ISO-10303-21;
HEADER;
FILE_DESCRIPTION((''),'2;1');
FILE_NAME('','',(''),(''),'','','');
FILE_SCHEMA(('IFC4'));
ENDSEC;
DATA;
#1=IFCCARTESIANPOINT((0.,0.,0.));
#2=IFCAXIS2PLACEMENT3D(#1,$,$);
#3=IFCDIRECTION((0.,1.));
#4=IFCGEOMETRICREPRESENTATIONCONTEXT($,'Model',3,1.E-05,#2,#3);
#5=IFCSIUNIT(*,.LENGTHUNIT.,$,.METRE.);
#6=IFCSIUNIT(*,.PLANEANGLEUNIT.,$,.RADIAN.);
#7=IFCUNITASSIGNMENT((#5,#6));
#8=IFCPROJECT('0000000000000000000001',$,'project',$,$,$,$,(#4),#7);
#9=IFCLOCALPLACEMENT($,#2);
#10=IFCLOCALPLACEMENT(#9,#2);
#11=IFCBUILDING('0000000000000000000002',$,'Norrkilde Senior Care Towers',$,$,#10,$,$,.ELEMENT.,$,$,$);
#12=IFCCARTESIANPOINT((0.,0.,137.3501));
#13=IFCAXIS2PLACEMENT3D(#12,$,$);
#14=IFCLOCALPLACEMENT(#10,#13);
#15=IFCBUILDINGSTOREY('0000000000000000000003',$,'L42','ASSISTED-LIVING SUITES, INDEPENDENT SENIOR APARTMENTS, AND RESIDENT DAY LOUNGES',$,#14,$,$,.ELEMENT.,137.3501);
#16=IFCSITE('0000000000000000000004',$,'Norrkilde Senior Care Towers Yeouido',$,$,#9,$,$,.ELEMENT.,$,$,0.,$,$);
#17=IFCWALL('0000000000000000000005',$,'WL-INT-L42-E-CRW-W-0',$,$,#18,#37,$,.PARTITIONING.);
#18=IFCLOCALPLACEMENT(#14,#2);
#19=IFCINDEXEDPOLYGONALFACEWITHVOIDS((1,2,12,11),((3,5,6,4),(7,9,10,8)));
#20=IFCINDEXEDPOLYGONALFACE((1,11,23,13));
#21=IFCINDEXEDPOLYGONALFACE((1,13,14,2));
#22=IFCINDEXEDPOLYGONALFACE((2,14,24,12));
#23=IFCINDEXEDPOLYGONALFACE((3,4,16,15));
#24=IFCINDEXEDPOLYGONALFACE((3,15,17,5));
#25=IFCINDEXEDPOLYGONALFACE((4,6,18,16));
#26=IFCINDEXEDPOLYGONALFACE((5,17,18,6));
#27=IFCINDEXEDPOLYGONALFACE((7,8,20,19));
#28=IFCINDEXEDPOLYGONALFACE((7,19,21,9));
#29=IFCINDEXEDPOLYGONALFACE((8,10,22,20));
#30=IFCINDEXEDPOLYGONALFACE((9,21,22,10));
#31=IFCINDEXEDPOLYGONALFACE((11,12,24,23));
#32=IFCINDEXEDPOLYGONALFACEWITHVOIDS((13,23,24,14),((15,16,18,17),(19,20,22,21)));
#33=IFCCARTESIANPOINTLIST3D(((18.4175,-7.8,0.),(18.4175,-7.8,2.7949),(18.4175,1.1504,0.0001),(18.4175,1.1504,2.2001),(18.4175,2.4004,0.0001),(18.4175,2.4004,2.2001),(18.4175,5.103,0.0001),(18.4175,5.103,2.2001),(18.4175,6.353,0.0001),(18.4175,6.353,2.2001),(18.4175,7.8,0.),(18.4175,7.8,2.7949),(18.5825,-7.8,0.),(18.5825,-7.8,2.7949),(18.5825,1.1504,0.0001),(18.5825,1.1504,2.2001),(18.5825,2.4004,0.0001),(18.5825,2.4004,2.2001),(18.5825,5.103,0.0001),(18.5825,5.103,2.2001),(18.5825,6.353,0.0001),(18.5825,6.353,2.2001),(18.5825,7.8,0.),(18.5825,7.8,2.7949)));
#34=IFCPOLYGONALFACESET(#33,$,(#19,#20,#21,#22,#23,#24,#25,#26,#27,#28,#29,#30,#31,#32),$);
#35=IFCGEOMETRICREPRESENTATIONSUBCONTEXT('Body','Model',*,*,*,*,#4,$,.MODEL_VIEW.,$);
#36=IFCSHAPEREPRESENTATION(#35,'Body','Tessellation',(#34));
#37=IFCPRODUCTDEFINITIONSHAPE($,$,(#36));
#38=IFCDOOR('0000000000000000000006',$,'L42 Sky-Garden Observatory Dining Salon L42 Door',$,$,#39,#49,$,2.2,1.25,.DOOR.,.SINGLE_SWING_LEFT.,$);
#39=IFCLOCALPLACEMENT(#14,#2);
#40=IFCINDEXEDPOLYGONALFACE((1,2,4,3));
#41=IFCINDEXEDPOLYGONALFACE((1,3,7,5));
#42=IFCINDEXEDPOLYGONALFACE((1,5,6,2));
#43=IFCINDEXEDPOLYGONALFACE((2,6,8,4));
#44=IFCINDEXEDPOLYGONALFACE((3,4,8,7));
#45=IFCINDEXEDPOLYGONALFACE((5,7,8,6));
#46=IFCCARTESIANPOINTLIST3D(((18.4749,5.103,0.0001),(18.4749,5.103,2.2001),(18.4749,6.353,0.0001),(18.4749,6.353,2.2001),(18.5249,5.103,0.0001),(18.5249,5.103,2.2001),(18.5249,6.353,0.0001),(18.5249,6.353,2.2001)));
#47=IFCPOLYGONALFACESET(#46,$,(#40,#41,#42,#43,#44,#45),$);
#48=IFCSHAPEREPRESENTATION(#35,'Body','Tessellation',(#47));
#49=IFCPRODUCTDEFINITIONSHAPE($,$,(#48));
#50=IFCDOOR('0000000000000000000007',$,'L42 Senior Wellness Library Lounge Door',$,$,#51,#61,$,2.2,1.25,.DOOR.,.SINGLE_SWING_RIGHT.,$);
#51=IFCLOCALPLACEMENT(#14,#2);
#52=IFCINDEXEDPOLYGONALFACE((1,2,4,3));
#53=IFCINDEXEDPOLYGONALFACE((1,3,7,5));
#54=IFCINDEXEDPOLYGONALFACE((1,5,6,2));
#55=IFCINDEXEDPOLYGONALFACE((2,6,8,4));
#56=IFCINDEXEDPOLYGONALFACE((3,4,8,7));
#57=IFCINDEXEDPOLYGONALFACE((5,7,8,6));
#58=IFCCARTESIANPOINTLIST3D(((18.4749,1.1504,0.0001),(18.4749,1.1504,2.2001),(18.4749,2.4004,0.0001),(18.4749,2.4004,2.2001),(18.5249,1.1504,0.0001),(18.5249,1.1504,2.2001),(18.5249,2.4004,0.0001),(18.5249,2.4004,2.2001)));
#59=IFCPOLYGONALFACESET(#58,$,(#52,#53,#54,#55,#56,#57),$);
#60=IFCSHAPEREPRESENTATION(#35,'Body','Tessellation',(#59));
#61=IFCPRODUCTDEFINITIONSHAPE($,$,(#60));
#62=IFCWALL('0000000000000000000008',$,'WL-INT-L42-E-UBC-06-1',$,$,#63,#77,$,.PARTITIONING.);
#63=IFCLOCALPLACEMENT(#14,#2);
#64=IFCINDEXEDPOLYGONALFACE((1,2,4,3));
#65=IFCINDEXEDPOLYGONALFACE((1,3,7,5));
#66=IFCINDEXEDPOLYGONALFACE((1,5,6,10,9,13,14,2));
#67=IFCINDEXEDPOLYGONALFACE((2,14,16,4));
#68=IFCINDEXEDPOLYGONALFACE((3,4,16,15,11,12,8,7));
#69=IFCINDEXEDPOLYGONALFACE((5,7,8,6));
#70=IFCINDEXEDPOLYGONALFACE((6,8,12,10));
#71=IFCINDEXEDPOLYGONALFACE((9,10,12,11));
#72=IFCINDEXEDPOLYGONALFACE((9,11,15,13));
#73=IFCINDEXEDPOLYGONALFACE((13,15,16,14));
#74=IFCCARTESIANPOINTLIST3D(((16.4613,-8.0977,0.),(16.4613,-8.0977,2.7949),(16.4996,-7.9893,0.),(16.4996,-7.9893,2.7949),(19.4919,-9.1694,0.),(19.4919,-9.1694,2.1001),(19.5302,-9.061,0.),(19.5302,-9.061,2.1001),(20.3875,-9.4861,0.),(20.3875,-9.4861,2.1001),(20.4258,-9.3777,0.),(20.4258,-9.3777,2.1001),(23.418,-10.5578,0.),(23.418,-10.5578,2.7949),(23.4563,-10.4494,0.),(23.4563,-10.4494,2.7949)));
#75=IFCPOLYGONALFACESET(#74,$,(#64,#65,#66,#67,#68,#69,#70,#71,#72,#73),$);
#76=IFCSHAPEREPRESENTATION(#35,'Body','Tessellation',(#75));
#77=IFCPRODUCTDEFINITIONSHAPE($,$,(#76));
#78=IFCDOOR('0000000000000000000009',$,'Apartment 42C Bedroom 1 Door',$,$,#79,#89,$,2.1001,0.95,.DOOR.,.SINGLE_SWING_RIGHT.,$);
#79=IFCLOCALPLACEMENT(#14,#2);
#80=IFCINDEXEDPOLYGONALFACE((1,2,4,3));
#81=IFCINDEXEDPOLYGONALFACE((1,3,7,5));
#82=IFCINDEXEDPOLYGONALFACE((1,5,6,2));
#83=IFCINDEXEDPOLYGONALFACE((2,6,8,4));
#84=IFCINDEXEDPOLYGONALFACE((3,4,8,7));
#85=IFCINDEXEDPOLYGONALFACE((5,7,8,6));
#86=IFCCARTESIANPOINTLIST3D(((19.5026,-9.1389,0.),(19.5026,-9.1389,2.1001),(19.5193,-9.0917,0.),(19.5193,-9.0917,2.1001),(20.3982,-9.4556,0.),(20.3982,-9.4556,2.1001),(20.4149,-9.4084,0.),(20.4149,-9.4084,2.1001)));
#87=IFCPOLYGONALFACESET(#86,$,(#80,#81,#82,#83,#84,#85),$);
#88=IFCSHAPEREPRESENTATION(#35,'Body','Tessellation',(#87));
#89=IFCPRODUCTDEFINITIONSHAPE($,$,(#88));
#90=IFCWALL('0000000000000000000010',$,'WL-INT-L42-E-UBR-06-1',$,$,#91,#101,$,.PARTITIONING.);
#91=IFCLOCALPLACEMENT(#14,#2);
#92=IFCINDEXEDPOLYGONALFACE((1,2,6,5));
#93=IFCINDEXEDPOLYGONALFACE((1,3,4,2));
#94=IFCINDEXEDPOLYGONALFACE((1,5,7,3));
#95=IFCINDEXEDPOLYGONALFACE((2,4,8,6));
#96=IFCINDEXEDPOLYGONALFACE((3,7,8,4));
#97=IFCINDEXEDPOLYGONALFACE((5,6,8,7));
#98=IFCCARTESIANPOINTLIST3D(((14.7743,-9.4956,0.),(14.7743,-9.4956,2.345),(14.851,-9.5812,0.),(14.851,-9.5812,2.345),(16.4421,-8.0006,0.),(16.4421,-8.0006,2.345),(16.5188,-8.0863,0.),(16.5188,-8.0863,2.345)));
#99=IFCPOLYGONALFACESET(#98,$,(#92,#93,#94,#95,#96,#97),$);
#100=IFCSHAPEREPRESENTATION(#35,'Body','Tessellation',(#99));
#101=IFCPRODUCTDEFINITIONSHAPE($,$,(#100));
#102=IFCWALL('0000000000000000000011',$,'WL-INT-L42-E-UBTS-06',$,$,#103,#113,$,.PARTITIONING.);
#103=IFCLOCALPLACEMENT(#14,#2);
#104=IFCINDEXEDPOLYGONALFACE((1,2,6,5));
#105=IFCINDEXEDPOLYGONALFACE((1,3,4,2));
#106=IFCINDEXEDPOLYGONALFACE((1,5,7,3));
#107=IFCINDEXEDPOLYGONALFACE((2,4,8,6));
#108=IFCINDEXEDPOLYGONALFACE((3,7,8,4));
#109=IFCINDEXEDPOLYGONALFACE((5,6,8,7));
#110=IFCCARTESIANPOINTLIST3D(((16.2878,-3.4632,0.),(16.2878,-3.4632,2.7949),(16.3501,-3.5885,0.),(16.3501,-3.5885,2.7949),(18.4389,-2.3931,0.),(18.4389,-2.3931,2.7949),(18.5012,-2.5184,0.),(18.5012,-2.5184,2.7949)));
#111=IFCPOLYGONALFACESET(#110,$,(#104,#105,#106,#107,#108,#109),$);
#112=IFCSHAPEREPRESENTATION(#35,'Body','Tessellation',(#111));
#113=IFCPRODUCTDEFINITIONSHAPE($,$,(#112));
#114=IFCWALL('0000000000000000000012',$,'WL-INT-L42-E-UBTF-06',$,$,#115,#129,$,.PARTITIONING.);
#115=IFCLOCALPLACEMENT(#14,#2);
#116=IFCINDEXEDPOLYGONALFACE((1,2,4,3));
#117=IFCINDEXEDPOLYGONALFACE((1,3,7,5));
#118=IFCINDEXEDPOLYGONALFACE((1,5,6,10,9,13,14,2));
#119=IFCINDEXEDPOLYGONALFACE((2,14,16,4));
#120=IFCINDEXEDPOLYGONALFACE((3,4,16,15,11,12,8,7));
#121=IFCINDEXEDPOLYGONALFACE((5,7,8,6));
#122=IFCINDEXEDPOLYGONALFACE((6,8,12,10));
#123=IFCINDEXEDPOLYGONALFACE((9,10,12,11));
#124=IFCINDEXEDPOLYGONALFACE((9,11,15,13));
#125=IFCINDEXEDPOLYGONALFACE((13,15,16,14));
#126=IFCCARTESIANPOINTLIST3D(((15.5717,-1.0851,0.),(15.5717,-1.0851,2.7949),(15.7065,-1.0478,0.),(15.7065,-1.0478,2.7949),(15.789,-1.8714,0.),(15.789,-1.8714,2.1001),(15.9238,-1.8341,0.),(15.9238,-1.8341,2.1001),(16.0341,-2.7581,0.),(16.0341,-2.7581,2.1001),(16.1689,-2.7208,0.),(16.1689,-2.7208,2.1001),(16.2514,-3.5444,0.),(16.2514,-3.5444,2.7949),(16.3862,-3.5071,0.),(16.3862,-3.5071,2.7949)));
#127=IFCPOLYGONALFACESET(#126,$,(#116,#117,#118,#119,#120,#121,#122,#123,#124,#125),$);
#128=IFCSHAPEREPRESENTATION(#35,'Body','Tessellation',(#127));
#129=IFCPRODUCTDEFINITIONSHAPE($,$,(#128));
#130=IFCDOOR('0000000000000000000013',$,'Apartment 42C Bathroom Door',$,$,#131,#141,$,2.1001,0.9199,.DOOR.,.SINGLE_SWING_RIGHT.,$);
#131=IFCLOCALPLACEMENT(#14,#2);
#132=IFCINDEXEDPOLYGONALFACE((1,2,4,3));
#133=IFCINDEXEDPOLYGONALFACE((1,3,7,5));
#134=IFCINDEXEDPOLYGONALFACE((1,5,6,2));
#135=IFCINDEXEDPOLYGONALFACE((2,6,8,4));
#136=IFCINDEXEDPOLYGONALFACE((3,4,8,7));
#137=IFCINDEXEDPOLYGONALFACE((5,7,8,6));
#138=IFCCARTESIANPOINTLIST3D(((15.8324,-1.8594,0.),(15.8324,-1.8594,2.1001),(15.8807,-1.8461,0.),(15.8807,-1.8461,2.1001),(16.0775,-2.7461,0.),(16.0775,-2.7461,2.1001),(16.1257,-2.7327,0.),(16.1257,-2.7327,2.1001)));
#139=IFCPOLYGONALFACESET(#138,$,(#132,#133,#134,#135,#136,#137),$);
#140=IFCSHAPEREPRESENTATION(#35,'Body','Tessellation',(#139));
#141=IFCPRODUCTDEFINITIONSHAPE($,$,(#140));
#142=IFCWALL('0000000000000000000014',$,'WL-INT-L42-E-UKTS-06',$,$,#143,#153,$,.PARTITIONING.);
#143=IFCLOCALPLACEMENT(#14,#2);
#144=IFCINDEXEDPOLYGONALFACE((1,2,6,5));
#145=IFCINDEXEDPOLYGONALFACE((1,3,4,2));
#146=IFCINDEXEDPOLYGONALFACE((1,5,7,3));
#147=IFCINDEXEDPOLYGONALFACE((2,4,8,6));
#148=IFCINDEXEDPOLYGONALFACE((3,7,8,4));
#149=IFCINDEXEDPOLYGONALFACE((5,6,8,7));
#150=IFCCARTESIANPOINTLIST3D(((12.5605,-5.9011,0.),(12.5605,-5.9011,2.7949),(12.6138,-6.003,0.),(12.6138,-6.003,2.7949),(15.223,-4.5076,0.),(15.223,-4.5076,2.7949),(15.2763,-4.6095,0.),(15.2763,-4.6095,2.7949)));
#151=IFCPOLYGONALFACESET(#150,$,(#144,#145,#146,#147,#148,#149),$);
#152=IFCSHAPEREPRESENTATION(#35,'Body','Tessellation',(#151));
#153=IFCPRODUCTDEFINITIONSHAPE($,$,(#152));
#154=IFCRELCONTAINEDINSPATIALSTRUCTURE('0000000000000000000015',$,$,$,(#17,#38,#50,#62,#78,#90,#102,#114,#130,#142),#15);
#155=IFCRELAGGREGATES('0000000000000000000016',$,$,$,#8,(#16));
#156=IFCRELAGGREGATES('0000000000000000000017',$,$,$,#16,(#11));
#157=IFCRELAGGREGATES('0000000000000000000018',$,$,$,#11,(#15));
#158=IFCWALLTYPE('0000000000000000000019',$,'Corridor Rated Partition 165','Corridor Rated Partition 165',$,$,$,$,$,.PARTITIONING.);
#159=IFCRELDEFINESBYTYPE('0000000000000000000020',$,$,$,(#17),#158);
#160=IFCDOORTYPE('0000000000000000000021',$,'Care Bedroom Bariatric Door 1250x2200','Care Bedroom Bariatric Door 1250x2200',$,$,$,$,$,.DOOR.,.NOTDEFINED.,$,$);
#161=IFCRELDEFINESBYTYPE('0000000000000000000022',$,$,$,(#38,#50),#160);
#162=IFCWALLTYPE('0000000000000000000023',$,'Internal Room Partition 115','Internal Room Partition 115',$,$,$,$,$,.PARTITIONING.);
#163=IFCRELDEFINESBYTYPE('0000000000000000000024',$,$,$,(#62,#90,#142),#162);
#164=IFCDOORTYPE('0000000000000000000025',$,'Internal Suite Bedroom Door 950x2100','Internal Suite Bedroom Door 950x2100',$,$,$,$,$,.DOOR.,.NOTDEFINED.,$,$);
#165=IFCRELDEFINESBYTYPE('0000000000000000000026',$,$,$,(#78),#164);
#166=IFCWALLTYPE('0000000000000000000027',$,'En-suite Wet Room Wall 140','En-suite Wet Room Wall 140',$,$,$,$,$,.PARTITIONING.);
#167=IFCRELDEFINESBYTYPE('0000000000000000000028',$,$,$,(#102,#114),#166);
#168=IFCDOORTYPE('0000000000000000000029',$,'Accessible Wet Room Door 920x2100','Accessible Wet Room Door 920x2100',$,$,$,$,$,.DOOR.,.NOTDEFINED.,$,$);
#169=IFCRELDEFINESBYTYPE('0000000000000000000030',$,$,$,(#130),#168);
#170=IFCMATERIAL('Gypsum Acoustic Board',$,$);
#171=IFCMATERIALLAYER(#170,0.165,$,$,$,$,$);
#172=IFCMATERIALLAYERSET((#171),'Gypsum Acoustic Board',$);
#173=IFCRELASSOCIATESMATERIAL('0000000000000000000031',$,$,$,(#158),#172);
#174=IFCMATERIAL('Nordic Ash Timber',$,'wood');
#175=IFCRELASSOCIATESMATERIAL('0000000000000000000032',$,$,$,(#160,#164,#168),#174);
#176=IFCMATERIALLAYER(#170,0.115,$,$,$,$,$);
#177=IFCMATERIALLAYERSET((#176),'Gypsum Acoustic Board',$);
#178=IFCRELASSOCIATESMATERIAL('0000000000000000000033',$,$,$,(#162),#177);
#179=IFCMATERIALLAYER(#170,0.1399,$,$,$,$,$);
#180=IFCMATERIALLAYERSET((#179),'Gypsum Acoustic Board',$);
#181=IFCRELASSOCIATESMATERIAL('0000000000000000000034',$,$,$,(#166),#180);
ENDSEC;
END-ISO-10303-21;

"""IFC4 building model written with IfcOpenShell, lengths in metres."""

from ifc_helpers import new_model, si_unit, direction, frame, frame_2d, origin, place, context, subcontext, project, spatial, rectangle, extrude, source, transform, mapped, material, layer, layer_set, type_object, type_shapes, element, fill, save


model = new_model("IFC4")

# Units and contexts
model_context = context("Model", 3, precision=1e-05, world=origin(), true_north=direction((0.0, 1.0)))
body_context = subcontext(model_context, "Body", "Model", "MODEL_VIEW")
ifc_project = project(units=[si_unit("LENGTHUNIT", "METRE"), si_unit("PLANEANGLEUNIT", "RADIAN")], contexts=[model_context])

# Site, building, storey
site_placement = place(None, origin())
site = spatial("IfcSite", under=ifc_project, at=site_placement, Name="Norrkilde Senior Care Towers Yeouido", CompositionType="ELEMENT", RefElevation=0.0)
building_placement = place(site_placement, origin())
building = spatial("IfcBuilding", under=site, at=building_placement, Name="Norrkilde Senior Care Towers", CompositionType="ELEMENT")
storey_placement = place(building_placement, frame((0.0, 0.0, 137.3501)))
storey = spatial("IfcBuildingStorey", under=building, at=storey_placement, Name="L42", Description="ASSISTED-LIVING SUITES, INDEPENDENT SENIOR APARTMENTS, AND RESIDENT DAY LOUNGES", CompositionType="ELEMENT", Elevation=137.3501)

# Wall, openings, doors
ifc_material_1 = material(Name="Gypsum Acoustic Board")
ifc_layer_1 = layer(ifc_material_1, 0.165)
ifc_layer_set_1 = layer_set([ifc_layer_1], Name="Gypsum Acoustic Board")
wall_type_1 = type_object("IfcWallType", Name="Corridor Rated Partition 165", Description="Corridor Rated Partition 165", PredefinedType="PARTITIONING", material=ifc_layer_set_1)
shared_shape_1 = source(origin(), body_context, "Body", "SweptSolid", [
    extrude(rectangle(XDim=15.6001, YDim=0.165, at=frame_2d((7.8, 0.0))), origin(), (0.0, 0.0, 1.0), 2.7949),
])
type_shapes(wall_type_1, [shared_shape_1])
wall_1_placement = place(storey_placement, frame((18.5, -7.8, 0.0), z_axis=(0.0, 0.0, 1.0), x_axis=(0.0, 1.0, 0.0)))
wall_1 = element("IfcWall", 1, at=wall_1_placement, inside=storey, type_object=wall_type_1, Name="WL-INT-L42-E-CRW-W-0", PredefinedType="PARTITIONING", context=body_context, shape_type="MappedRepresentation", body=[
    mapped(shared_shape_1, transform((0.0, 0.0, 0.0), x_axis=(1.0, 0.0, 0.0), y_axis=(0.0, 1.0, 0.0), z_axis=(0.0, 0.0, 1.0), scale=1.0)),
])
opening_1_placement = place(wall_1_placement, frame((12.9031, 0.0, 0.0)))
opening_1 = element("IfcOpeningElement", 2, at=opening_1_placement, cuts=wall_1, PredefinedType="OPENING", context=body_context, shape_type="SweptSolid", body=[
    extrude(rectangle(XDim=1.25, YDim=2.2, at=frame_2d((0.625, 1.1001))), frame((0.0, 0.0925, 0.0), z_axis=(0.0, -1.0, 0.0), x_axis=(1.0, 0.0, 0.0)), (0.0, 0.0, 1.0), 0.1851),
])
opening_2_placement = place(wall_1_placement, frame((8.9504, 0.0, 0.0)))
opening_2 = element("IfcOpeningElement", 3, at=opening_2_placement, cuts=wall_1, PredefinedType="OPENING", context=body_context, shape_type="SweptSolid", body=[
    extrude(rectangle(XDim=1.25, YDim=2.2, at=frame_2d((0.625, 1.1001))), frame((0.0, 0.0925, 0.0), z_axis=(0.0, -1.0, 0.0), x_axis=(1.0, 0.0, 0.0)), (0.0, 0.0, 1.0), 0.1851),
])
ifc_material_2 = material(Name="Nordic Ash Timber", Category="wood")
door_type_1 = type_object("IfcDoorType", Name="Care Bedroom Bariatric Door 1250x2200", Description="Care Bedroom Bariatric Door 1250x2200", OperationType="NOTDEFINED", PredefinedType="DOOR", material=ifc_material_2)
shared_shape_2 = source(origin(), body_context, "Body", "SweptSolid", [
    extrude(rectangle(XDim=1.25, YDim=2.2, at=frame_2d((0.625, 1.1001))), frame((0.0, 0.0249, 0.0), z_axis=(0.0, -1.0, 0.0), x_axis=(1.0, 0.0, 0.0)), (0.0, 0.0, 1.0), 0.05),
])
type_shapes(door_type_1, [shared_shape_2])
door_1_placement = place(opening_1_placement, frame((1.25, 0.0, 0.0), z_axis=(0.0, 0.0, 1.0), x_axis=(-1.0, 0.0, 0.0)))
door_1 = element("IfcDoor", 4, at=door_1_placement, inside=storey, type_object=door_type_1, Name="L42 Sky-Garden Observatory Dining Salon L42 Door", OperationType="SINGLE_SWING_LEFT", OverallHeight=2.2, OverallWidth=1.25, PredefinedType="DOOR", context=body_context, shape_type="MappedRepresentation", body=[
    mapped(shared_shape_2, transform((0.0, 0.0, 0.0), x_axis=(1.0, 0.0, 0.0), y_axis=(0.0, 1.0, 0.0), z_axis=(0.0, 0.0, 1.0), scale=1.0)),
])
fill(opening_1, door_1)
door_2_placement = place(opening_2_placement, frame((1.25, 0.0, 0.0), z_axis=(0.0, 0.0, 1.0), x_axis=(-1.0, 0.0, 0.0)))
door_2 = element("IfcDoor", 5, at=door_2_placement, inside=storey, type_object=door_type_1, Name="L42 Senior Wellness Library Lounge Door", OperationType="SINGLE_SWING_RIGHT", OverallHeight=2.2, OverallWidth=1.25, PredefinedType="DOOR", context=body_context, shape_type="MappedRepresentation", body=[
    mapped(shared_shape_2, transform((0.0, 0.0, 0.0), x_axis=(1.0, 0.0, 0.0), y_axis=(0.0, 1.0, 0.0), z_axis=(0.0, 0.0, 1.0), scale=1.0)),
])
fill(opening_2, door_2)

# Wall, opening, door
ifc_layer_2 = layer(ifc_material_1, 0.115)
ifc_layer_set_2 = layer_set([ifc_layer_2], Name="Gypsum Acoustic Board")
wall_type_2 = type_object("IfcWallType", Name="Internal Room Partition 115", Description="Internal Room Partition 115", PredefinedType="PARTITIONING", material=ifc_layer_set_2)
shared_shape_3 = source(origin(), body_context, "Body", "SweptSolid", [
    extrude(rectangle(XDim=7.3789, YDim=0.115, at=frame_2d((3.6895, 0.0))), origin(), (0.0, 0.0, 1.0), 2.7949),
])
wall_2_placement = place(storey_placement, frame((16.4805, -8.0435, 0.0), z_axis=(0.0, 0.0, 1.0), x_axis=(0.942783, -0.333407, 0.0)))
wall_2 = element("IfcWall", 6, at=wall_2_placement, inside=storey, type_object=wall_type_2, Name="WL-INT-L42-E-UBC-06-1", PredefinedType="PARTITIONING", context=body_context, shape_type="MappedRepresentation", body=[
    mapped(shared_shape_3, transform((0.0, 0.0, 0.0), x_axis=(1.0, 0.0, 0.0), y_axis=(0.0, 1.0, 0.0), z_axis=(0.0, 0.0, 1.0), scale=1.0)),
])
opening_3_placement = place(wall_2_placement, frame((3.2144, 0.0, 0.0)))
opening_3 = element("IfcOpeningElement", 7, at=opening_3_placement, cuts=wall_2, PredefinedType="OPENING", context=body_context, shape_type="SweptSolid", body=[
    extrude(rectangle(XDim=0.95, YDim=2.1001, at=frame_2d((0.4751, 1.05))), frame((0.0, 0.0674, 0.0), z_axis=(0.0, -1.0, 0.0), x_axis=(1.0, 0.0, 0.0)), (0.0, 0.0, 1.0), 0.135),
])
door_type_2 = type_object("IfcDoorType", Name="Internal Suite Bedroom Door 950x2100", Description="Internal Suite Bedroom Door 950x2100", OperationType="NOTDEFINED", PredefinedType="DOOR", material=ifc_material_2)
shared_shape_4 = source(origin(), body_context, "Body", "SweptSolid", [
    extrude(rectangle(XDim=0.95, YDim=2.1001, at=frame_2d((0.4751, 1.05))), frame((0.0, 0.0249, 0.0), z_axis=(0.0, -1.0, 0.0), x_axis=(1.0, 0.0, 0.0)), (0.0, 0.0, 1.0), 0.05),
])
type_shapes(door_type_2, [shared_shape_4])
door_3_placement = place(opening_3_placement, origin())
door_3 = element("IfcDoor", 8, at=door_3_placement, inside=storey, type_object=door_type_2, Name="Apartment 42C Bedroom 1 Door", OperationType="SINGLE_SWING_RIGHT", OverallHeight=2.1001, OverallWidth=0.95, PredefinedType="DOOR", context=body_context, shape_type="MappedRepresentation", body=[
    mapped(shared_shape_4, transform((0.0, 0.0, 0.0), x_axis=(1.0, 0.0, 0.0), y_axis=(0.0, 1.0, 0.0), z_axis=(0.0, 0.0, 1.0), scale=1.0)),
])
fill(opening_3, door_3)

# Walls
shared_shape_5 = source(origin(), body_context, "Body", "SweptSolid", [
    extrude(rectangle(XDim=2.2397, YDim=0.115, at=frame_2d((1.1199, 0.0))), origin(), (0.0, 0.0, 1.0), 2.345),
])
wall_3_placement = place(storey_placement, frame((16.4805, -8.0435, 0.0), z_axis=(0.0, 0.0, 1.0), x_axis=(-0.744642, -0.667464, 0.0)))
element("IfcWall", 9, at=wall_3_placement, inside=storey, type_object=wall_type_2, Name="WL-INT-L42-E-UBR-06-1", PredefinedType="PARTITIONING", context=body_context, shape_type="MappedRepresentation", body=[
    mapped(shared_shape_5, transform((0.0, 0.0, 0.0), x_axis=(1.0, 0.0, 0.0), y_axis=(0.0, 1.0, 0.0), z_axis=(0.0, 0.0, 1.0), scale=1.0)),
])
ifc_layer_3 = layer(ifc_material_1, 0.1399)
ifc_layer_set_3 = layer_set([ifc_layer_3], Name="Gypsum Acoustic Board")
wall_type_3 = type_object("IfcWallType", Name="En-suite Wet Room Wall 140", Description="En-suite Wet Room Wall 140", PredefinedType="PARTITIONING", material=ifc_layer_set_3)
shared_shape_6 = source(origin(), body_context, "Body", "SweptSolid", [
    extrude(rectangle(XDim=2.4026, YDim=0.1399, at=frame_2d((1.2012, 0.0))), origin(), (0.0, 0.0, 1.0), 2.7949),
])
wall_4_placement = place(storey_placement, frame((18.47, -2.4558, 0.0), z_axis=(0.0, 0.0, 1.0), x_axis=(-0.89534, -0.445384, 0.0)))
element("IfcWall", 10, at=wall_4_placement, inside=storey, type_object=wall_type_3, Name="WL-INT-L42-E-UBTS-06", PredefinedType="PARTITIONING", context=body_context, shape_type="MappedRepresentation", body=[
    mapped(shared_shape_6, transform((0.0, 0.0, 0.0), x_axis=(1.0, 0.0, 0.0), y_axis=(0.0, 1.0, 0.0), z_axis=(0.0, 0.0, 1.0), scale=1.0)),
])

# Wall, opening, door
shared_shape_7 = source(origin(), body_context, "Body", "SweptSolid", [
    extrude(rectangle(XDim=2.5515, YDim=0.1399, at=frame_2d((1.2759, 0.0))), origin(), (0.0, 0.0, 1.0), 2.7949),
])
type_shapes(wall_type_3, [shared_shape_6, shared_shape_7])
wall_5_placement = place(storey_placement, frame((16.3188, -3.5259, 0.0), z_axis=(0.0, 0.0, 1.0), x_axis=(-0.266395, 0.963864, 0.0)))
wall_5 = element("IfcWall", 11, at=wall_5_placement, inside=storey, type_object=wall_type_3, Name="WL-INT-L42-E-UBTF-06", PredefinedType="PARTITIONING", context=body_context, shape_type="MappedRepresentation", body=[
    mapped(shared_shape_7, transform((0.0, 0.0, 0.0), x_axis=(1.0, 0.0, 0.0), y_axis=(0.0, 1.0, 0.0), z_axis=(0.0, 0.0, 1.0), scale=1.0)),
])
opening_4_placement = place(wall_5_placement, frame((0.8159, 0.0, 0.0)))
opening_4 = element("IfcOpeningElement", 12, at=opening_4_placement, cuts=wall_5, PredefinedType="OPENING", context=body_context, shape_type="SweptSolid", body=[
    extrude(rectangle(XDim=0.9199, YDim=2.1001, at=frame_2d((0.46, 1.05))), frame((0.0, 0.0798, 0.0), z_axis=(0.0, -1.0, 0.0), x_axis=(1.0, 0.0, 0.0)), (0.0, 0.0, 1.0), 0.1599),
])
door_type_3 = type_object("IfcDoorType", Name="Accessible Wet Room Door 920x2100", Description="Accessible Wet Room Door 920x2100", OperationType="NOTDEFINED", PredefinedType="DOOR", material=ifc_material_2)
shared_shape_8 = source(origin(), body_context, "Body", "SweptSolid", [
    extrude(rectangle(XDim=0.9199, YDim=2.1001, at=frame_2d((0.46, 1.05))), frame((0.0, 0.0249, 0.0), z_axis=(0.0, -1.0, 0.0), x_axis=(1.0, 0.0, 0.0)), (0.0, 0.0, 1.0), 0.05),
])
type_shapes(door_type_3, [shared_shape_8])
door_4_placement = place(opening_4_placement, origin())
door_4 = element("IfcDoor", 13, at=door_4_placement, inside=storey, type_object=door_type_3, Name="Apartment 42C Bathroom Door", OperationType="SINGLE_SWING_RIGHT", OverallHeight=2.1001, OverallWidth=0.9199, PredefinedType="DOOR", context=body_context, shape_type="MappedRepresentation", body=[
    mapped(shared_shape_8, transform((0.0, 0.0, 0.0), x_axis=(1.0, 0.0, 0.0), y_axis=(0.0, 1.0, 0.0), z_axis=(0.0, 0.0, 1.0), scale=1.0)),
])
fill(opening_4, door_4)

# Wall
shared_shape_9 = source(origin(), body_context, "Body", "SweptSolid", [
    extrude(rectangle(XDim=3.0051, YDim=0.115, at=frame_2d((1.5024, 0.0))), origin(), (0.0, 0.0, 1.0), 2.7949),
])
wall_6_placement = place(storey_placement, frame((15.2495, -4.5586, 0.0), z_axis=(0.0, 0.0, 1.0), x_axis=(-0.885987, -0.463709, 0.0)))
element("IfcWall", 14, at=wall_6_placement, inside=storey, type_object=wall_type_2, Name="WL-INT-L42-E-UKTS-06", PredefinedType="PARTITIONING", context=body_context, shape_type="MappedRepresentation", body=[
    mapped(shared_shape_9, transform((0.0, 0.0, 0.0), x_axis=(1.0, 0.0, 0.0), y_axis=(0.0, 1.0, 0.0), z_axis=(0.0, 0.0, 1.0), scale=1.0)),
])

save(model, "model.ifc")
